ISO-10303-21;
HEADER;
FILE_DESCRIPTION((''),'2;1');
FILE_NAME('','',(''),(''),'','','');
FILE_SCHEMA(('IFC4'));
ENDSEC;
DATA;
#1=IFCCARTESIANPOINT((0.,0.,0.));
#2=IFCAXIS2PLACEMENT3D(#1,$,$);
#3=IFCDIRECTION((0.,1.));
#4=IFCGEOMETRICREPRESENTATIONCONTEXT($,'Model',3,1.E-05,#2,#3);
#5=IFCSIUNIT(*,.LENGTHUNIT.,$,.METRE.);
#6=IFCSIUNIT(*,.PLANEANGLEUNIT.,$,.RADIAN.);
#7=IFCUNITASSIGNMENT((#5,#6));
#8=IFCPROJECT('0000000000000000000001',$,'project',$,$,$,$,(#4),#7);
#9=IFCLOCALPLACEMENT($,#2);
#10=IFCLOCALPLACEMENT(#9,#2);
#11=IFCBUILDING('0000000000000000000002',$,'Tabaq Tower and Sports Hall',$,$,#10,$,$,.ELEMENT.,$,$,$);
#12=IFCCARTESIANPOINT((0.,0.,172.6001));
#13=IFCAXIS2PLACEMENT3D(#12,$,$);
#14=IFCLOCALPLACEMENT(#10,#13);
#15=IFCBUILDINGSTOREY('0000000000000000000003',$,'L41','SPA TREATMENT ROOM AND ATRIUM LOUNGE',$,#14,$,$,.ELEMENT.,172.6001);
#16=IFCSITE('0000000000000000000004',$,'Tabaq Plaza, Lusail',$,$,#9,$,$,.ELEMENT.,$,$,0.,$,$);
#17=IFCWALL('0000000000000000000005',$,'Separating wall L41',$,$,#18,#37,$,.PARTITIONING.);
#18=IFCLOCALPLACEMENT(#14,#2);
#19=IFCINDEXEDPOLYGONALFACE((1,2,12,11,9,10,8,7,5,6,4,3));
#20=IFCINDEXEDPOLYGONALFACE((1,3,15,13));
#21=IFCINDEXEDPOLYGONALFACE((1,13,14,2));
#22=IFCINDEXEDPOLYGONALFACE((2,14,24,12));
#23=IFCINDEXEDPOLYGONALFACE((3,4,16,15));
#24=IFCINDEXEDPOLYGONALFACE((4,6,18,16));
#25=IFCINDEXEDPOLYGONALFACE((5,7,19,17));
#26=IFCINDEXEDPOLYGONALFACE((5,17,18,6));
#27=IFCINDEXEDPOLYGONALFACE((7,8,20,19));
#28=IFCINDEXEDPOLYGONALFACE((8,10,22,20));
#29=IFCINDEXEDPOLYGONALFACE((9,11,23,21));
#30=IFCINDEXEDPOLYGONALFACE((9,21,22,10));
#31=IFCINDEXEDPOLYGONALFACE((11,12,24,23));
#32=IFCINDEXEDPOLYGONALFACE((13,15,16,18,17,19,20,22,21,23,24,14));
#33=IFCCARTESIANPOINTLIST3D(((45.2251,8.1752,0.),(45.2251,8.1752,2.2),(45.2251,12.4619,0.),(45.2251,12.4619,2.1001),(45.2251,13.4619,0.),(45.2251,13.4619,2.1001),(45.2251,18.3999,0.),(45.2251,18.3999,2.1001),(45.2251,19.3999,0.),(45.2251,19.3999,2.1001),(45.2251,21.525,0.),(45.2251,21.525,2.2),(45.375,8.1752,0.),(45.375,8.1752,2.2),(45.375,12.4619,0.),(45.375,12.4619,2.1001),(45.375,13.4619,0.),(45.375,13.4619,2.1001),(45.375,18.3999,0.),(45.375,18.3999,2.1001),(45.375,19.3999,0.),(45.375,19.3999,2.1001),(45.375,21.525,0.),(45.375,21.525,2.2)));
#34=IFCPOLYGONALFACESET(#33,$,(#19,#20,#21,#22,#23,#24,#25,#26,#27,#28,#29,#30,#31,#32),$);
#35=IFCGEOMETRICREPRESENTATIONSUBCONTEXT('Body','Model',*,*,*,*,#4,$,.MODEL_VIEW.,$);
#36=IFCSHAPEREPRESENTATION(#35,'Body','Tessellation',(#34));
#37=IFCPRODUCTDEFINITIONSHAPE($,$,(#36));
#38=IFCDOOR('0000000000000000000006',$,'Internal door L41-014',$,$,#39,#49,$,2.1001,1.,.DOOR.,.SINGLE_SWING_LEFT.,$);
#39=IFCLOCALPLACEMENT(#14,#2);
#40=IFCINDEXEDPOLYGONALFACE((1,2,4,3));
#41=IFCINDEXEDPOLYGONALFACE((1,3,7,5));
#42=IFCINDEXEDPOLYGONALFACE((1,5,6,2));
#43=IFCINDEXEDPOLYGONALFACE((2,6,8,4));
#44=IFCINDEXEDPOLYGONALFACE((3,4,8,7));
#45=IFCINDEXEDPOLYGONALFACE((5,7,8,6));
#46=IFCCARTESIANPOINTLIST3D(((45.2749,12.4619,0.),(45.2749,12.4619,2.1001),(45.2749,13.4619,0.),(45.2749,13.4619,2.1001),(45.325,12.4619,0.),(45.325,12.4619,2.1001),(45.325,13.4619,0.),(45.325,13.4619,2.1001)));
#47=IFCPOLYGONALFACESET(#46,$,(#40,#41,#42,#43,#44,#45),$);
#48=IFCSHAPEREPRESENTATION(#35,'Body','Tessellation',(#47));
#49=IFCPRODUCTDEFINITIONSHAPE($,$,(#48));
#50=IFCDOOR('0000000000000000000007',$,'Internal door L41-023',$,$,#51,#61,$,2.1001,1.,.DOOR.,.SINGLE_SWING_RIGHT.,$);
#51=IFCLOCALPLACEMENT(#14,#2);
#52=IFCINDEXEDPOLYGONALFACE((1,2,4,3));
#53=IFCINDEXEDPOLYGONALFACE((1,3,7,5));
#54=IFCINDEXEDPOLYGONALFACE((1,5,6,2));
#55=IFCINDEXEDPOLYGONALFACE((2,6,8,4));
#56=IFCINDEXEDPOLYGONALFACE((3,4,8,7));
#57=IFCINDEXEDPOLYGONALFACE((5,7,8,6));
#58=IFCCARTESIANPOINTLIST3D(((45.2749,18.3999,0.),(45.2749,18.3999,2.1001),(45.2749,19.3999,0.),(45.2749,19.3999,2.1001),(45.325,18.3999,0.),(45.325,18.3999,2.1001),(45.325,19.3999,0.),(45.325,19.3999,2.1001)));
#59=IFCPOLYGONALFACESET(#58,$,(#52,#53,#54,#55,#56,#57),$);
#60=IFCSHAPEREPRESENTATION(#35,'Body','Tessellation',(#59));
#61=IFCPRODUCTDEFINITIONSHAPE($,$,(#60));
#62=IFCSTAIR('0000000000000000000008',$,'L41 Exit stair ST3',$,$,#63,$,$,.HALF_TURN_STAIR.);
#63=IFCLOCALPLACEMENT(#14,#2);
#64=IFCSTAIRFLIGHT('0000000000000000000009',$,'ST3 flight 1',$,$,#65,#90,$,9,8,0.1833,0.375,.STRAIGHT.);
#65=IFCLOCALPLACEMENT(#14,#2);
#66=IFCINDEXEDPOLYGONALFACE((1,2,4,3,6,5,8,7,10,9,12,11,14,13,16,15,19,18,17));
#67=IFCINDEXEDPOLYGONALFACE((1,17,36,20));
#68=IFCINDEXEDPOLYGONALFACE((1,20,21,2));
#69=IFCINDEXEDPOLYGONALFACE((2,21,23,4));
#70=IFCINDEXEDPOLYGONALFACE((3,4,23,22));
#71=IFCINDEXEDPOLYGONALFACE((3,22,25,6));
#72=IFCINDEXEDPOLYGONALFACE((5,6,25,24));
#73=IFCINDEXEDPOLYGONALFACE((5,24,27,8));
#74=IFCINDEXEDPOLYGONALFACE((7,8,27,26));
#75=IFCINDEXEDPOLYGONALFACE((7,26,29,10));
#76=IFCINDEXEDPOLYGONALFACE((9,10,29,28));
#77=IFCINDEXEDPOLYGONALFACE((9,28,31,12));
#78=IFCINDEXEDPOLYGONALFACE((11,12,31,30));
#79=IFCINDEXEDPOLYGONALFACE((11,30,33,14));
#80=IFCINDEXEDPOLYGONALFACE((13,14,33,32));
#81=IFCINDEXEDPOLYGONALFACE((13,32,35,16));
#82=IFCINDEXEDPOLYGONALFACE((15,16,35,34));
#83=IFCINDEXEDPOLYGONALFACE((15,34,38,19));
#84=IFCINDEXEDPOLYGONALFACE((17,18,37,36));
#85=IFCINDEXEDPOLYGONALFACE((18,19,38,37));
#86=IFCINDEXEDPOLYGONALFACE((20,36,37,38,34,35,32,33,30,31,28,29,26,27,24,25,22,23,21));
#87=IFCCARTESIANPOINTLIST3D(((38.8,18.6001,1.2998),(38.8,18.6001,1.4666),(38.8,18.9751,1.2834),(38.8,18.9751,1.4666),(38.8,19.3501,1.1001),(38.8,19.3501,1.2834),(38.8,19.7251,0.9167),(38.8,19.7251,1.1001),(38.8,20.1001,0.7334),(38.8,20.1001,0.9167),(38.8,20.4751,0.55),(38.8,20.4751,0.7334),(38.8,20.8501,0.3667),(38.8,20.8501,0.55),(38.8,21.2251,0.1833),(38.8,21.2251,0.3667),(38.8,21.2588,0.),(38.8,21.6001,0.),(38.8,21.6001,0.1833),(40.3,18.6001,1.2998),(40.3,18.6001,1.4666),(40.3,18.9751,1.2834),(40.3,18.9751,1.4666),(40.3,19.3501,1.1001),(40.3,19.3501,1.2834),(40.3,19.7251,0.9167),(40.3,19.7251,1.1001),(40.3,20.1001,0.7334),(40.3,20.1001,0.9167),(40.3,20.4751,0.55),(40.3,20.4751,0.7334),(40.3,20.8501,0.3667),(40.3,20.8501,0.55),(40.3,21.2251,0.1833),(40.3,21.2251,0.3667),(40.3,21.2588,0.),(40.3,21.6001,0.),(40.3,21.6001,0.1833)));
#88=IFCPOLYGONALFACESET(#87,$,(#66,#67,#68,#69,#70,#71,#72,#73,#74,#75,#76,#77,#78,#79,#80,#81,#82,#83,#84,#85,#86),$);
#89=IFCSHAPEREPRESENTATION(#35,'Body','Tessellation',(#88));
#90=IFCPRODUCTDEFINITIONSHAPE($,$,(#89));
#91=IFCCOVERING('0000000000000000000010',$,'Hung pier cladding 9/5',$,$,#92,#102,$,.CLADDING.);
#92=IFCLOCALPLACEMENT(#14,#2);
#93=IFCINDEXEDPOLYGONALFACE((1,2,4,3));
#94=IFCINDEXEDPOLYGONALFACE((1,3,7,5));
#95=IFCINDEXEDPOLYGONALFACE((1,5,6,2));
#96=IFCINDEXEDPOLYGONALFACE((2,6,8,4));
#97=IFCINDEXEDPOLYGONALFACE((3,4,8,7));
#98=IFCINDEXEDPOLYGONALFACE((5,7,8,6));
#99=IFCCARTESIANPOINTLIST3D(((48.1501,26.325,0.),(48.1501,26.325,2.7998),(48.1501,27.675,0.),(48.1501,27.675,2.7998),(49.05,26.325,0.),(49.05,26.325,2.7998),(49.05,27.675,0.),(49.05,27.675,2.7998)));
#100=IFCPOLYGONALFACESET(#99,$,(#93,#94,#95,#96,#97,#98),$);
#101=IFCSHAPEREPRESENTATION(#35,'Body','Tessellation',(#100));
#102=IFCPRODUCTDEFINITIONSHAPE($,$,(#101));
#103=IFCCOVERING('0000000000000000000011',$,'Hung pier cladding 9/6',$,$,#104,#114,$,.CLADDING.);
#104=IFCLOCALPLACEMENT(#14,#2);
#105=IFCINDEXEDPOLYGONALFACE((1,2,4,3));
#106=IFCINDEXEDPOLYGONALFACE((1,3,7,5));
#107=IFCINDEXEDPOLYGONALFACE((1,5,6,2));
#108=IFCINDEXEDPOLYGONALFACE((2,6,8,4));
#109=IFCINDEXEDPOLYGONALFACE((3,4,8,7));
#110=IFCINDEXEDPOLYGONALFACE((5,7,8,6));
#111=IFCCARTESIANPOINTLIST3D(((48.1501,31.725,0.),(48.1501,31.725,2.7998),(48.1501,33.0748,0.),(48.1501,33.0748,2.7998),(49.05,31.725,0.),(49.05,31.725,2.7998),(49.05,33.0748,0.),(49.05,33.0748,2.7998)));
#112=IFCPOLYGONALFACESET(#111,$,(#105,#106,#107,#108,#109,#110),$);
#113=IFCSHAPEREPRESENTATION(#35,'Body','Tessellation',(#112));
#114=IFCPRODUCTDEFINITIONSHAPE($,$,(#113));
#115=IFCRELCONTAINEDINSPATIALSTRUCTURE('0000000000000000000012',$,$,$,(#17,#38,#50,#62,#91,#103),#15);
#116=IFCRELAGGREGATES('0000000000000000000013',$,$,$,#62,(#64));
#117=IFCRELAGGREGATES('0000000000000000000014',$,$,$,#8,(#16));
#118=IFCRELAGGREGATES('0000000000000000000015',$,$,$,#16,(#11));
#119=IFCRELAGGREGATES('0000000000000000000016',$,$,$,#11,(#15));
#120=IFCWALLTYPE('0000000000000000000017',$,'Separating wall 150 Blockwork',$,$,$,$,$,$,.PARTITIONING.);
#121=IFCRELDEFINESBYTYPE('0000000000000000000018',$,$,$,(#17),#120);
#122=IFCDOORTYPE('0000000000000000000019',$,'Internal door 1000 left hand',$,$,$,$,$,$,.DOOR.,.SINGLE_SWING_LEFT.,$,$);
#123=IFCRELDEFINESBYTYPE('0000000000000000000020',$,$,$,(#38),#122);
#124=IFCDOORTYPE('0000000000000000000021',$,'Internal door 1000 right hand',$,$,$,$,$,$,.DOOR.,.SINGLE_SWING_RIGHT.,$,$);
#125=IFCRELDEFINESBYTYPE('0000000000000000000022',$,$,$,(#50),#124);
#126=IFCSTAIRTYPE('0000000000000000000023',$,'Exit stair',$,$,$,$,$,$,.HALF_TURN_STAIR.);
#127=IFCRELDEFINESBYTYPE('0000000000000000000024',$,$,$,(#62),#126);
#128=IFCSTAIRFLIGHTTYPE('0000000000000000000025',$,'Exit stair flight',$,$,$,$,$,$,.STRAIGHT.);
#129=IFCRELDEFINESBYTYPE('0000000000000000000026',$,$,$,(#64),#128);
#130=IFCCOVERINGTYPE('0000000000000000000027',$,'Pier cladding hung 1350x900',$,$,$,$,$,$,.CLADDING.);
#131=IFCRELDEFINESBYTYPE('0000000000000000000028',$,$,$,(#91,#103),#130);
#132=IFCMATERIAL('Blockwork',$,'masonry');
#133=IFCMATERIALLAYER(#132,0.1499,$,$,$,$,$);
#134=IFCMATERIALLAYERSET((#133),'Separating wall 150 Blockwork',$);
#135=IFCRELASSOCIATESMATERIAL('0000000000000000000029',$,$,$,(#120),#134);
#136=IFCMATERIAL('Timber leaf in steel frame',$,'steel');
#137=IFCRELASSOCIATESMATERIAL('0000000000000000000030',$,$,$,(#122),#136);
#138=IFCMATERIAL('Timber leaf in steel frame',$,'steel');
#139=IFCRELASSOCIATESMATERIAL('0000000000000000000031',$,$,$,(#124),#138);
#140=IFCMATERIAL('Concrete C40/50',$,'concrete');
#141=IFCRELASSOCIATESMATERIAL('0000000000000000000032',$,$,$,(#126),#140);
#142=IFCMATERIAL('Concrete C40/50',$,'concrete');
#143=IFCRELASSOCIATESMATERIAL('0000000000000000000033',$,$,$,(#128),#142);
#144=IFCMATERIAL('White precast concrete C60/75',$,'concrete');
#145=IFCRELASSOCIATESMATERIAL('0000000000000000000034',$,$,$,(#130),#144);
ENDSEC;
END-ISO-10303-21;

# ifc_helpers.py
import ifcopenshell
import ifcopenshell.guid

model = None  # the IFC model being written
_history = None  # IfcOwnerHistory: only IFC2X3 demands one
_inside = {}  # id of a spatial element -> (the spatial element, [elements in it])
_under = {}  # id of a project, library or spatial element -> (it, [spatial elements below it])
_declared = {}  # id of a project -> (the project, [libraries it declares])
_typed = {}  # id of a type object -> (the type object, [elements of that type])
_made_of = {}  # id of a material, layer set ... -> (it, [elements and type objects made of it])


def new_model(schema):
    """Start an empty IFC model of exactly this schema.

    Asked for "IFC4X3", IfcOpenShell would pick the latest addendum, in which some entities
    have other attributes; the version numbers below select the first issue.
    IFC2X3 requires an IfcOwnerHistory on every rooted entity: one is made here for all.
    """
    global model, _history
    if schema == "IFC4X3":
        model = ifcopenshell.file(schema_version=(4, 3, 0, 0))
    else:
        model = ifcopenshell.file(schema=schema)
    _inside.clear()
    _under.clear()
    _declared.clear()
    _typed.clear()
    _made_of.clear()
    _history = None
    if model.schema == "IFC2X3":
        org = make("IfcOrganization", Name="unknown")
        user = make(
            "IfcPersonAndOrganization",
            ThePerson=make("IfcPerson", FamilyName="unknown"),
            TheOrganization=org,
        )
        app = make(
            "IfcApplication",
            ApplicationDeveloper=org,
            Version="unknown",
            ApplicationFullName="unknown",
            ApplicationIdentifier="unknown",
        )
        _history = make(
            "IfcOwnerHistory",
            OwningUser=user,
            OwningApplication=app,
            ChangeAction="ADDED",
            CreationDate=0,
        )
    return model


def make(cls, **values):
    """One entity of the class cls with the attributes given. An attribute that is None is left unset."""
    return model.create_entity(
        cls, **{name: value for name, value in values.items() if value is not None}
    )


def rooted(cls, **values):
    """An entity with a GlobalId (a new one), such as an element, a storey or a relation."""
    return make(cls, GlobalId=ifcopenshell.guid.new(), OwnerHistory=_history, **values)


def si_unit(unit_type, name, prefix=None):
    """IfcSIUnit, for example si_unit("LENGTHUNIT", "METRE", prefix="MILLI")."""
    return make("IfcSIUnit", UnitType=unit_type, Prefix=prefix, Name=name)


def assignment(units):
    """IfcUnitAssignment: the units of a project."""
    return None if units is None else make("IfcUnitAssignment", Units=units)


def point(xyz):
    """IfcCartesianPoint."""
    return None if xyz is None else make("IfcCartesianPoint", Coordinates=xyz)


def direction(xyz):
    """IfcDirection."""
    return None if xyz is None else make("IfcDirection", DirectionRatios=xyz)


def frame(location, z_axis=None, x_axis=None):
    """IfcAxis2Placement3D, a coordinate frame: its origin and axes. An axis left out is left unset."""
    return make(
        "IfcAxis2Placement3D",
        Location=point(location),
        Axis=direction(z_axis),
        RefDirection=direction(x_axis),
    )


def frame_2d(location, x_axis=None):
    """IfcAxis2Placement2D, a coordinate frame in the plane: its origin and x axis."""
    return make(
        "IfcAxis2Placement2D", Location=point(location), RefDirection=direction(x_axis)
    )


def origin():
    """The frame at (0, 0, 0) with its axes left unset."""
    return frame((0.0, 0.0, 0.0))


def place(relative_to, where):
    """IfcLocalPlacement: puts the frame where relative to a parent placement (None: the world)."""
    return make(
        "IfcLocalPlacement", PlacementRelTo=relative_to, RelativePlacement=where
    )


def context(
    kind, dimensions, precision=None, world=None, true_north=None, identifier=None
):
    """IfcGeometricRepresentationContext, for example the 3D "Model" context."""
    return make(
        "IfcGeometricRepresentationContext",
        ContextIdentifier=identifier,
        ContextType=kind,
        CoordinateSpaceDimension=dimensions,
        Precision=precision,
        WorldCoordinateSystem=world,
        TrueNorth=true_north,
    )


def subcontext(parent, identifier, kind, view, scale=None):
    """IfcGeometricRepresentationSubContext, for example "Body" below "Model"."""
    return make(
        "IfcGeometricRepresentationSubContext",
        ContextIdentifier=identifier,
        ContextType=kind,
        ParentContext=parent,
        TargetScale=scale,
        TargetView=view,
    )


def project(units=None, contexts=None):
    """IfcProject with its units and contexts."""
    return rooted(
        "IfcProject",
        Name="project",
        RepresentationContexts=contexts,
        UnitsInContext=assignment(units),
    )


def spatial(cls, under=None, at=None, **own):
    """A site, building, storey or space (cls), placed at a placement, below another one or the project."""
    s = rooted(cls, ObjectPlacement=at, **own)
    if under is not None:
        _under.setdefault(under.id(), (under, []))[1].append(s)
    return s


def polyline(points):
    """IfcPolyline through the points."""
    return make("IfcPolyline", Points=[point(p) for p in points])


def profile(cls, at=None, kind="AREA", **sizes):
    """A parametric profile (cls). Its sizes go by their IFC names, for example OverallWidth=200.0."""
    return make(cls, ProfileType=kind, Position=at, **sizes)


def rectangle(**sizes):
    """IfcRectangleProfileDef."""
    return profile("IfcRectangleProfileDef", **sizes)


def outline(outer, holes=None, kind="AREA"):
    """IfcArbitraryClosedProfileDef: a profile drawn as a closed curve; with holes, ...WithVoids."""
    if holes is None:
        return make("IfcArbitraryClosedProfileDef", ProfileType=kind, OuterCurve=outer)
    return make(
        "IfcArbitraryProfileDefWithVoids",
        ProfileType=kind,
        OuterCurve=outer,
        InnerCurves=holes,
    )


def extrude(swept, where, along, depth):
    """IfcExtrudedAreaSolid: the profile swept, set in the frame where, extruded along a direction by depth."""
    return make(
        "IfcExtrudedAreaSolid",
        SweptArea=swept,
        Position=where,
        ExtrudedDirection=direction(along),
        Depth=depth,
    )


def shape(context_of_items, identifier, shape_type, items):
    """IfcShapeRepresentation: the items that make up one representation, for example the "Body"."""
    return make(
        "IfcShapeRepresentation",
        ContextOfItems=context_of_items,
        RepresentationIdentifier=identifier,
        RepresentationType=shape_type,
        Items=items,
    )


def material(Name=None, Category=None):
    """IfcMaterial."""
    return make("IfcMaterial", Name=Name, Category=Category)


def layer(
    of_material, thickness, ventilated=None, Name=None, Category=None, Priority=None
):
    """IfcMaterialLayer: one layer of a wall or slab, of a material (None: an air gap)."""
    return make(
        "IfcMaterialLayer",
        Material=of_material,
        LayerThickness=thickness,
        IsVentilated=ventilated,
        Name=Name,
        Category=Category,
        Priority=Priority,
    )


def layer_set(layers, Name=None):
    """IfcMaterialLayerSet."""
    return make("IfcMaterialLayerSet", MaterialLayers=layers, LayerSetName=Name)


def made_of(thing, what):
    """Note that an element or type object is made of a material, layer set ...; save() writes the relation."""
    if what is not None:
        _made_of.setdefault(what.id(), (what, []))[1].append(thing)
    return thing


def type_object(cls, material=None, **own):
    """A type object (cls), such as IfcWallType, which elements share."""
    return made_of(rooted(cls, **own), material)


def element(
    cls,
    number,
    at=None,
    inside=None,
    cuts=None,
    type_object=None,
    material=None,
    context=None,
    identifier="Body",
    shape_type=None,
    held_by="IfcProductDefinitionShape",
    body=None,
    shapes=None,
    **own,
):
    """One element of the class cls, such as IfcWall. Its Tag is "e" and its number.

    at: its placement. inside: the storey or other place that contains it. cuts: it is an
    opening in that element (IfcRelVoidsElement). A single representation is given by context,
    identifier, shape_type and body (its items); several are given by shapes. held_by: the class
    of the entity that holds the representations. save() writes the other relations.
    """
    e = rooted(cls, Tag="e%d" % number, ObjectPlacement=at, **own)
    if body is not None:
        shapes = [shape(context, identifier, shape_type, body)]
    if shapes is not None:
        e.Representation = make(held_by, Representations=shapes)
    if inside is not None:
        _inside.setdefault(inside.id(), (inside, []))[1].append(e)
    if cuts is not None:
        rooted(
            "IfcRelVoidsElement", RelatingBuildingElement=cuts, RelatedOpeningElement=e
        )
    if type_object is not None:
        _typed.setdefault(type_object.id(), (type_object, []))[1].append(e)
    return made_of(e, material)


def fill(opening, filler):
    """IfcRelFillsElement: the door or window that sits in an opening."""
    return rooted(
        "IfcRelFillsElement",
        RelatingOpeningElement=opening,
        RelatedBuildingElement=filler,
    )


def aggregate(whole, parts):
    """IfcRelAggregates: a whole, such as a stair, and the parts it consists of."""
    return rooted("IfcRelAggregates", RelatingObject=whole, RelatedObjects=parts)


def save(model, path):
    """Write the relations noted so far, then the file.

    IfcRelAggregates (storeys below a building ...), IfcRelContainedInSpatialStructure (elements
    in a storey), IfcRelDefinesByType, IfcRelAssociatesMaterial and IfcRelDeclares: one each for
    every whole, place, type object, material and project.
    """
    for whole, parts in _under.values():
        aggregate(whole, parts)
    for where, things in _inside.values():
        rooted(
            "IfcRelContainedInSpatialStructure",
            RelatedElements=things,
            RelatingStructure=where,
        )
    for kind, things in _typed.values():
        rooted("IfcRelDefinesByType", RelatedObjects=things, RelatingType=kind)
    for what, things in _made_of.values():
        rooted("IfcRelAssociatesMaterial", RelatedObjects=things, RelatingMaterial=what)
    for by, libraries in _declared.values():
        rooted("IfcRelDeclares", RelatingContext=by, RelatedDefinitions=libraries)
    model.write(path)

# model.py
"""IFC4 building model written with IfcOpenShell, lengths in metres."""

from ifc_helpers import new_model, si_unit, direction, frame, frame_2d, origin, place, context, subcontext, project, spatial, polyline, rectangle, outline, extrude, material, layer, layer_set, type_object, element, fill, aggregate, save


model = new_model("IFC4")

# Units and contexts
model_context = context("Model", 3, precision=1e-05, world=origin(), true_north=direction((0.0, 1.0)))
body_context = subcontext(model_context, "Body", "Model", "MODEL_VIEW")
ifc_project = project(units=[si_unit("LENGTHUNIT", "METRE"), si_unit("PLANEANGLEUNIT", "RADIAN")], contexts=[model_context])

# Site, building, storey
site_placement = place(None, origin())
site = spatial("IfcSite", under=ifc_project, at=site_placement, Name="Tabaq Plaza, Lusail", CompositionType="ELEMENT", RefElevation=0.0)
building_placement = place(site_placement, origin())
building = spatial("IfcBuilding", under=site, at=building_placement, Name="Tabaq Tower and Sports Hall", CompositionType="ELEMENT")
storey_placement = place(building_placement, frame((0.0, 0.0, 172.6001)))
storey = spatial("IfcBuildingStorey", under=building, at=storey_placement, Name="L41", Description="SPA TREATMENT ROOM AND ATRIUM LOUNGE", CompositionType="ELEMENT", Elevation=172.6001)

# Shared definitions
ifc_material_1 = material(Name="Blockwork", Category="masonry")
ifc_layer_1 = layer(ifc_material_1, 0.1499)
ifc_layer_set_1 = layer_set([ifc_layer_1], Name="Separating wall 150 Blockwork")
wall_type_1 = type_object("IfcWallType", Name="Separating wall 150 Blockwork", PredefinedType="PARTITIONING", material=ifc_layer_set_1)

# Wall, openings, doors
wall_1_placement = place(storey_placement, frame((45.3, 21.5249, 0.0), z_axis=(0.0, 0.0, 1.0), x_axis=(0.0, -1.0, 0.0)))
wall_1 = element("IfcWall", 1, at=wall_1_placement, inside=storey, type_object=wall_type_1, Name="Separating wall L41", PredefinedType="PARTITIONING", context=body_context, shape_type="SweptSolid", body=[
    extrude(rectangle(XDim=13.3499, YDim=0.1499, at=frame_2d((6.6748, 0.0))), origin(), (0.0, 0.0, 1.0), 2.2),
])
opening_1_placement = place(wall_1_placement, frame((8.063, 0.0, 0.0)))
opening_1 = element("IfcOpeningElement", 2, at=opening_1_placement, cuts=wall_1, PredefinedType="OPENING", context=body_context, shape_type="SweptSolid", body=[
    extrude(rectangle(XDim=1.0, YDim=2.1001, at=frame_2d((0.5, 1.05))), frame((0.0, 0.075, 0.0), z_axis=(0.0, -1.0, 0.0), x_axis=(1.0, 0.0, 0.0)), (0.0, 0.0, 1.0), 0.1499),
])
opening_2_placement = place(wall_1_placement, frame((2.125, 0.0, 0.0)))
opening_2 = element("IfcOpeningElement", 3, at=opening_2_placement, cuts=wall_1, PredefinedType="OPENING", context=body_context, shape_type="SweptSolid", body=[
    extrude(rectangle(XDim=1.0, YDim=2.1001, at=frame_2d((0.5, 1.05))), frame((0.0, 0.075, 0.0), z_axis=(0.0, -1.0, 0.0), x_axis=(1.0, 0.0, 0.0)), (0.0, 0.0, 1.0), 0.1499),
])
ifc_material_2 = material(Name="Timber leaf in steel frame", Category="steel")
door_type_1 = type_object("IfcDoorType", Name="Internal door 1000 left hand", OperationType="SINGLE_SWING_LEFT", PredefinedType="DOOR", material=ifc_material_2)
door_1_placement = place(opening_1_placement, origin())
door_1 = element("IfcDoor", 4, at=door_1_placement, inside=storey, type_object=door_type_1, Name="Internal door L41-014", OperationType="SINGLE_SWING_LEFT", OverallHeight=2.1001, OverallWidth=1.0, PredefinedType="DOOR", context=body_context, shape_type="SweptSolid", body=[
    extrude(rectangle(XDim=1.0, YDim=2.1001, at=frame_2d((0.5, 1.05))), frame((0.0, 0.0249, 0.0), z_axis=(0.0, -1.0, 0.0), x_axis=(1.0, 0.0, 0.0)), (0.0, 0.0, 1.0), 0.05),
])
fill(opening_1, door_1)
ifc_material_3 = material(Name="Timber leaf in steel frame", Category="steel")
door_type_2 = type_object("IfcDoorType", Name="Internal door 1000 right hand", OperationType="SINGLE_SWING_RIGHT", PredefinedType="DOOR", material=ifc_material_3)
door_2_placement = place(opening_2_placement, origin())
door_2 = element("IfcDoor", 5, at=door_2_placement, inside=storey, type_object=door_type_2, Name="Internal door L41-023", OperationType="SINGLE_SWING_RIGHT", OverallHeight=2.1001, OverallWidth=1.0, PredefinedType="DOOR", context=body_context, shape_type="SweptSolid", body=[
    extrude(rectangle(XDim=1.0, YDim=2.1001, at=frame_2d((0.5, 1.05))), frame((0.0, 0.0249, 0.0), z_axis=(0.0, -1.0, 0.0), x_axis=(1.0, 0.0, 0.0)), (0.0, 0.0, 1.0), 0.05),
])
fill(opening_2, door_2)

# Stair, stair flight
ifc_material_4 = material(Name="Concrete C40/50", Category="concrete")
stair_type = type_object("IfcStairType", Name="Exit stair", PredefinedType="HALF_TURN_STAIR", material=ifc_material_4)
stair_placement = place(storey_placement, origin())
stair = element("IfcStair", 6, at=stair_placement, inside=storey, type_object=stair_type, Name="L41 Exit stair ST3", PredefinedType="HALF_TURN_STAIR")
ifc_material_5 = material(Name="Concrete C40/50", Category="concrete")
stair_flight_type = type_object("IfcStairFlightType", Name="Exit stair flight", PredefinedType="STRAIGHT", material=ifc_material_5)
stair_flight_placement = place(storey_placement, frame((39.55, 21.6001, 0.0), z_axis=(0.0, 0.0, 1.0), x_axis=(0.0, -1.0, 0.0)))
stair_flight = element("IfcStairFlight", 7, at=stair_flight_placement, type_object=stair_flight_type, Name="ST3 flight 1", NumberOfRisers=9, NumberOfTreads=8, PredefinedType="STRAIGHT", RiserHeight=0.1833, TreadLength=0.375, context=body_context, shape_type="SweptSolid", body=[
    extrude(outline(polyline([(0.0, 0.0), (0.0, 0.1833), (0.375, 0.1833), (0.375, 0.3667), (0.75, 0.3667), (0.75, 0.55), (1.125, 0.55), (1.125, 0.7334), (1.5, 0.7334), (1.5, 0.9167), (1.875, 0.9167), (1.875, 1.1001), (2.25, 1.1001), (2.25, 1.2834), (2.625, 1.2834), (2.625, 1.4666), (3.0, 1.4666), (3.0, 1.6499), (3.0, 1.2998), (0.3413, 0.0), (0.0, 0.0)])), frame((0.0, 0.75, 0.0), z_axis=(0.0, -1.0, 0.0), x_axis=(1.0, 0.0, 0.0)), (0.0, 0.0, 1.0), 1.5),
])
aggregate(stair, [stair_flight])

# Coverings
ifc_material_6 = material(Name="White precast concrete C60/75", Category="concrete")
covering_type_1 = type_object("IfcCoveringType", Name="Pier cladding hung 1350x900", PredefinedType="CLADDING", material=ifc_material_6)
covering_1_placement = place(storey_placement, frame((48.6001, 26.325, 0.0), z_axis=(0.0, 0.0, 1.0), x_axis=(0.0, 1.0, 0.0)))
element("IfcCovering", 8, at=covering_1_placement, inside=storey, type_object=covering_type_1, Name="Hung pier cladding 9/5", PredefinedType="CLADDING", context=body_context, shape_type="SweptSolid", body=[
    extrude(rectangle(XDim=1.3501, YDim=0.8999, at=frame_2d((0.675, 0.0))), origin(), (0.0, 0.0, 1.0), 2.7998),
])
covering_2_placement = place(storey_placement, frame((48.6001, 31.7251, 0.0), z_axis=(0.0, 0.0, 1.0), x_axis=(0.0, 1.0, 0.0)))
element("IfcCovering", 9, at=covering_2_placement, inside=storey, type_object=covering_type_1, Name="Hung pier cladding 9/6", PredefinedType="CLADDING", context=body_context, shape_type="SweptSolid", body=[
    extrude(rectangle(XDim=1.3499, YDim=0.8999, at=frame_2d((0.6748, 0.0))), origin(), (0.0, 0.0, 1.0), 2.7998),
])

save(model, "model.ifc")
